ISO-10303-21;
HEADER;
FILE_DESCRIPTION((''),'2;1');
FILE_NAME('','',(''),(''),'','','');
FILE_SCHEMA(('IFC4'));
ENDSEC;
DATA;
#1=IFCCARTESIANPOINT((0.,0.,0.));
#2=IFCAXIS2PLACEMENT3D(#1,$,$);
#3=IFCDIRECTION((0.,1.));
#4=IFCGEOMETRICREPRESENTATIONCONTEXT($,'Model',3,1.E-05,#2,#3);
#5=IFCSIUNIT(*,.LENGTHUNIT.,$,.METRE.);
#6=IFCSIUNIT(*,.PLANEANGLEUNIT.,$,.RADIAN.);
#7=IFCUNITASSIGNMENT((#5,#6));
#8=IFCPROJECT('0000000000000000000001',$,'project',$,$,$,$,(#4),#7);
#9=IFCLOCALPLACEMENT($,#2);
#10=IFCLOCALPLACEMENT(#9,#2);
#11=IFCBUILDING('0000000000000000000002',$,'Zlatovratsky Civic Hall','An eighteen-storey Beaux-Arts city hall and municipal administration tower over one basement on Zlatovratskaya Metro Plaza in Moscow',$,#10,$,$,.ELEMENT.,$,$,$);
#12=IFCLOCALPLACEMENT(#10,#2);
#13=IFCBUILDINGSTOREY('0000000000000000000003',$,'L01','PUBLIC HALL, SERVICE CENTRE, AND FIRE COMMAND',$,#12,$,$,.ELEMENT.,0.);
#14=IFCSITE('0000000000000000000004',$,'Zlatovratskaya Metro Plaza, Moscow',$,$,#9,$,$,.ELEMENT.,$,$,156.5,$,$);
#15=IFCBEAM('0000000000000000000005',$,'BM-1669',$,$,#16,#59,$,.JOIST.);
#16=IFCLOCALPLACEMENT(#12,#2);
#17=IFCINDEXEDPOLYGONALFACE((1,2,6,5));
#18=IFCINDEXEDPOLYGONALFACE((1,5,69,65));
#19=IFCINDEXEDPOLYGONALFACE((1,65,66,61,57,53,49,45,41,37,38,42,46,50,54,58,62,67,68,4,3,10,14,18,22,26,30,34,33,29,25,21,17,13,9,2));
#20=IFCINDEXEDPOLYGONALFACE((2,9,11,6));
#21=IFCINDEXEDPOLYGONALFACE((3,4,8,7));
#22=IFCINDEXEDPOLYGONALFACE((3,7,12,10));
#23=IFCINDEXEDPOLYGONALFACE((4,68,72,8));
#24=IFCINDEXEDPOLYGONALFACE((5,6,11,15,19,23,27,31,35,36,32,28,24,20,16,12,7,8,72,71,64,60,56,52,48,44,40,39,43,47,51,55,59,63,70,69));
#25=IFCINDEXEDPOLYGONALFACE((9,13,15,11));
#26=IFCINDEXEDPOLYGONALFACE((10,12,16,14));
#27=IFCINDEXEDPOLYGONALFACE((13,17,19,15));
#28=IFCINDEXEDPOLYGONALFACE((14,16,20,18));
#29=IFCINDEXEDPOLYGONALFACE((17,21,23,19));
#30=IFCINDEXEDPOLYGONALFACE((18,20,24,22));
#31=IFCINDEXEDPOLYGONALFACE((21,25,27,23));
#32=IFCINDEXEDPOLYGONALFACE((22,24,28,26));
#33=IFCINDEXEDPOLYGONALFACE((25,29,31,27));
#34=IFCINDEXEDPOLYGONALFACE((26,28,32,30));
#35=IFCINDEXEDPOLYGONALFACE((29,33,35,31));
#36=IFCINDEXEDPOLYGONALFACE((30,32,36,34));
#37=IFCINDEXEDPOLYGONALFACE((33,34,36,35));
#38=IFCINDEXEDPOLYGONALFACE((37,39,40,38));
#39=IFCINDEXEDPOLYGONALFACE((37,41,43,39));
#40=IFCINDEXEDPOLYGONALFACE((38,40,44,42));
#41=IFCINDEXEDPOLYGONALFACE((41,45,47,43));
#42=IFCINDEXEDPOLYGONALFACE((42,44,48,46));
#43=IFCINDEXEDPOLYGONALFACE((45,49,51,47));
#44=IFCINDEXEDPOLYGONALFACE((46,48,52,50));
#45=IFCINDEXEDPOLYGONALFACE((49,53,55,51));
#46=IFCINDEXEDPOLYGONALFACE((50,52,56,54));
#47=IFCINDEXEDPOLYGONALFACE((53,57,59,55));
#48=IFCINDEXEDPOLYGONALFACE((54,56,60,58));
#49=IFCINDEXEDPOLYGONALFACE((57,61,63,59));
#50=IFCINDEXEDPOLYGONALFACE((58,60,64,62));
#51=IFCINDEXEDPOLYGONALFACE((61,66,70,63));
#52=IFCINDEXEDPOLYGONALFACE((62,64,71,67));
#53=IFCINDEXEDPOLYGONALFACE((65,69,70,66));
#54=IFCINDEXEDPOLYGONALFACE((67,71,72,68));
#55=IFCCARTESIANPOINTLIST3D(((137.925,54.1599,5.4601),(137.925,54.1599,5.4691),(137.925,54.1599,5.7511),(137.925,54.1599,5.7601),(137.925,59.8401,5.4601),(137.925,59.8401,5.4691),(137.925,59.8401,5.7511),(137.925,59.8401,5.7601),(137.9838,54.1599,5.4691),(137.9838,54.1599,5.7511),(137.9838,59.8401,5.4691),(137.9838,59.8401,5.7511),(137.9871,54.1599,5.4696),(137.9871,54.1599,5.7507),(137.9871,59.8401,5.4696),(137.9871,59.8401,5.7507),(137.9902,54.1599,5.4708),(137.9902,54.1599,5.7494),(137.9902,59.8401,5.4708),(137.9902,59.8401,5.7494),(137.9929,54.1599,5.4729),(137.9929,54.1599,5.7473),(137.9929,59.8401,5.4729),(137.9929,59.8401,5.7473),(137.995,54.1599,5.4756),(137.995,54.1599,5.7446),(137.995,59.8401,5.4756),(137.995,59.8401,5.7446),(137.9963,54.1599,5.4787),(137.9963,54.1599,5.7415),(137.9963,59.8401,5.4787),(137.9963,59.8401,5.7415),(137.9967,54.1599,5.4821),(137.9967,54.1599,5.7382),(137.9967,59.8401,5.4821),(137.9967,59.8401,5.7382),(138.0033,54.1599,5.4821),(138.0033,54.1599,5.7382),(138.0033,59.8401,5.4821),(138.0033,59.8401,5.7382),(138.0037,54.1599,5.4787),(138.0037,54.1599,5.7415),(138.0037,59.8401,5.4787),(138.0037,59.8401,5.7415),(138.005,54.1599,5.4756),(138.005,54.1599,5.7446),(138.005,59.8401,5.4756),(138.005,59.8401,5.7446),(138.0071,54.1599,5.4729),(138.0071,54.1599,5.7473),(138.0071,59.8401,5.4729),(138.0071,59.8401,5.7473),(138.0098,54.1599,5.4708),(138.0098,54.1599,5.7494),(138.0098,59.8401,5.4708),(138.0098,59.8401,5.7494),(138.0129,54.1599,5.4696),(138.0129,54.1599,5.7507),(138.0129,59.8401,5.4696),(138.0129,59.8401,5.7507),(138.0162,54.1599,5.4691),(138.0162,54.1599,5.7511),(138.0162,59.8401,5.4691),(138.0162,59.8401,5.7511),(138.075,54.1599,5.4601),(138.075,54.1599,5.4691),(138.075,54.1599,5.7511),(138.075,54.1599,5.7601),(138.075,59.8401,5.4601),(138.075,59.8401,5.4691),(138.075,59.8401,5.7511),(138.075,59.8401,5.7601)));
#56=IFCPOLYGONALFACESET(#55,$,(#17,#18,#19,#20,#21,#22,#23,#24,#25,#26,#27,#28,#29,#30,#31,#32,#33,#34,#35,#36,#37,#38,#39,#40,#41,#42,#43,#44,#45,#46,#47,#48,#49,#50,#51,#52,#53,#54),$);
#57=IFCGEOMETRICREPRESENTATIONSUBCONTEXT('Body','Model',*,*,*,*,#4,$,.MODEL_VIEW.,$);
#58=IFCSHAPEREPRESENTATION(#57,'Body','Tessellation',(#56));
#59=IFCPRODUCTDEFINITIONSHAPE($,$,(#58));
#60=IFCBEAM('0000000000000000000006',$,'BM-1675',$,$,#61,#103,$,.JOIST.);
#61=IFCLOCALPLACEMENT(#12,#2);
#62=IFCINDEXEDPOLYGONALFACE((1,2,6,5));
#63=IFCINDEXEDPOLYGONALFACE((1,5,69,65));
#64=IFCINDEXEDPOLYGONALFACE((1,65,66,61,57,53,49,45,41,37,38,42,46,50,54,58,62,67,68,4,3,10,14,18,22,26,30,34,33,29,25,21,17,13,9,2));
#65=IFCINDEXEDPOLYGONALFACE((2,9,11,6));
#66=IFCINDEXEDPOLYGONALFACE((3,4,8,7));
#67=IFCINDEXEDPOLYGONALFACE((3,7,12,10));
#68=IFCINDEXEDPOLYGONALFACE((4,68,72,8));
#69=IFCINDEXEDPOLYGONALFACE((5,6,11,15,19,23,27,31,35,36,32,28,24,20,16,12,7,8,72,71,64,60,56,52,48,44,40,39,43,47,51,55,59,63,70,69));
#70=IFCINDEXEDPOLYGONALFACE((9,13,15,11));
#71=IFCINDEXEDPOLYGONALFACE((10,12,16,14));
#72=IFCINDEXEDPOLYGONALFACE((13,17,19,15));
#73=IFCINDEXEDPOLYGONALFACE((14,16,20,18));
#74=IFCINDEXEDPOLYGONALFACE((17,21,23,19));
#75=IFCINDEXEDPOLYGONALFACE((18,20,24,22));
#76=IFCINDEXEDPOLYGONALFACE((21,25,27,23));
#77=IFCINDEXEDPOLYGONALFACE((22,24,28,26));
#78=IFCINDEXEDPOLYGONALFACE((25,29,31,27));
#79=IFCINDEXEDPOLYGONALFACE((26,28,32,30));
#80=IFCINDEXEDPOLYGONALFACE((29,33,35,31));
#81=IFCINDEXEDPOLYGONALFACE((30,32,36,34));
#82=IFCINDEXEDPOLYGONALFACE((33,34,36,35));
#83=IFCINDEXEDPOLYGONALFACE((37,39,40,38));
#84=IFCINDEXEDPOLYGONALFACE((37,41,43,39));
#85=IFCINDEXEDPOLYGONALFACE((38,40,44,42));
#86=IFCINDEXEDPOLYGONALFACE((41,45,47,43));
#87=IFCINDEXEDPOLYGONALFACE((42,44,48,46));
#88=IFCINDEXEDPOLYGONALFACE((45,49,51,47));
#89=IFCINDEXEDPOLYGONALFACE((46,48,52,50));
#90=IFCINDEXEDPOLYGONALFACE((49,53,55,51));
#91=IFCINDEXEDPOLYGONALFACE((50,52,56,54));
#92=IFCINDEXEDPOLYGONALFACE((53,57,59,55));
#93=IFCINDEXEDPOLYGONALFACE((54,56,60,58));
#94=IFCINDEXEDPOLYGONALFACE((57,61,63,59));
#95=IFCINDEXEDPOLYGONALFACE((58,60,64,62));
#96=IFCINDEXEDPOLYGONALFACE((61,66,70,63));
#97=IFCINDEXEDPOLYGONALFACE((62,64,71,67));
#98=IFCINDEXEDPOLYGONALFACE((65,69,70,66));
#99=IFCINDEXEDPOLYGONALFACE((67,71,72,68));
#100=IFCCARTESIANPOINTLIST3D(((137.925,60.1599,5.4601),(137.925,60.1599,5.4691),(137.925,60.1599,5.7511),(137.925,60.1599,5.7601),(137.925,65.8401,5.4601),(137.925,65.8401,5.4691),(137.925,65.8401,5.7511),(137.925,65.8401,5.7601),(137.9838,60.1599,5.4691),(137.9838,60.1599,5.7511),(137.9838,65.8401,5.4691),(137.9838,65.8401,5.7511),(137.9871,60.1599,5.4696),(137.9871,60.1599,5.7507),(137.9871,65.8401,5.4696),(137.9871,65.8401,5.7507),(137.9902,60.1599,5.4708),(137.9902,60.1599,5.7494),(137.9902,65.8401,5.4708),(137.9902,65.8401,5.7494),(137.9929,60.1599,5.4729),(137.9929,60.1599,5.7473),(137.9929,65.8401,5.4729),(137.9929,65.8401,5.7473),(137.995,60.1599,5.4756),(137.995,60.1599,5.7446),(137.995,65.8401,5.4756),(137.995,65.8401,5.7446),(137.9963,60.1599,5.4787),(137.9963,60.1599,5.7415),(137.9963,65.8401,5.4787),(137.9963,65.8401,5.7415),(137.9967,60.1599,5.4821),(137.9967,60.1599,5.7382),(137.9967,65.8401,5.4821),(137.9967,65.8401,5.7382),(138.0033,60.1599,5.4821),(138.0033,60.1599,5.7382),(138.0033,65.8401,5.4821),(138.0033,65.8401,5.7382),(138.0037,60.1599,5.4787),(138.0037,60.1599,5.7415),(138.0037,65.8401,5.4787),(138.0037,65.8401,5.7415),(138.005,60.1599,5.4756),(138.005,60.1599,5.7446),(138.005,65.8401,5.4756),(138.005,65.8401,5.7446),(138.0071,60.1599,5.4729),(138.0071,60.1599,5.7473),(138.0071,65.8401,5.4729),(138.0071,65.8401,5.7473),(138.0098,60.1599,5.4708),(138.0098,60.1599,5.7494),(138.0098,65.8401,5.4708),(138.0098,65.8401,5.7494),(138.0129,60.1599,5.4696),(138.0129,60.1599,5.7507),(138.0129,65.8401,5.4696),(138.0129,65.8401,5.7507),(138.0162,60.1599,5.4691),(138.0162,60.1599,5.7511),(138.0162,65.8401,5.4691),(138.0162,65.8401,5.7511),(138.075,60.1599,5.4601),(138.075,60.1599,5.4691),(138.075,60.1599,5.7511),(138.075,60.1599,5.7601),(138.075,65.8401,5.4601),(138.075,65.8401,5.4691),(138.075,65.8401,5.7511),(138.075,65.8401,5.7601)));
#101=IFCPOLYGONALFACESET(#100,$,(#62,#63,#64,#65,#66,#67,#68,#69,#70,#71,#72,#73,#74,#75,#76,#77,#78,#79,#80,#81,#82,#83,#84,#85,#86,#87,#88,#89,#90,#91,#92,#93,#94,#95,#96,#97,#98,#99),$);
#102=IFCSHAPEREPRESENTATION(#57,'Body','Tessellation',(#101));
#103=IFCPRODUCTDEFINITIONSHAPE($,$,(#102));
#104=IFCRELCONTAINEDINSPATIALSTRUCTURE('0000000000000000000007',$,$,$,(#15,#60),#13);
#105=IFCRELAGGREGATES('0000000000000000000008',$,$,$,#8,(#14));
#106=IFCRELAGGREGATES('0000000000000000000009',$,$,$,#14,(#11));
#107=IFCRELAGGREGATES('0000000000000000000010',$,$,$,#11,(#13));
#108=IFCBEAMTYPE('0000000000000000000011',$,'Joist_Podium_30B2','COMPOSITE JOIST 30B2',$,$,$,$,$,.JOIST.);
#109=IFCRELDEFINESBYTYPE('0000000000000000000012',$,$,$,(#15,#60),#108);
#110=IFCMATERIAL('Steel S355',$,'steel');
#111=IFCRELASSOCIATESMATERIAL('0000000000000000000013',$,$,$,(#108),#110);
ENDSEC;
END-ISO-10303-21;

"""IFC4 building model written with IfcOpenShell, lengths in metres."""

from ifc_helpers import new_model, si_unit, direction, frame, origin, origin_2d, place, context, subcontext, project, spatial, i_section, extrude, material, material_profile, profile_set, type_object, element, save


model = new_model("IFC4")

# Units and contexts
model_context = context("Model", 3, precision=1e-05, world=origin(), true_north=direction((0.0, 1.0)))
body_context = subcontext(model_context, "Body", "Model", "MODEL_VIEW")
ifc_project = project(units=[si_unit("LENGTHUNIT", "METRE"), si_unit("PLANEANGLEUNIT", "RADIAN")], contexts=[model_context])

# Site, building, storey
site_placement = place(None, origin())
site = spatial("IfcSite", under=ifc_project, at=site_placement, Name="Zlatovratskaya Metro Plaza, Moscow", CompositionType="ELEMENT", RefElevation=156.5)
building_placement = place(site_placement, origin())
building = spatial("IfcBuilding", under=site, at=building_placement, Name="Zlatovratsky Civic Hall", Description="An eighteen-storey Beaux-Arts city hall and municipal administration tower over one basement on Zlatovratskaya Metro Plaza in Moscow", CompositionType="ELEMENT")
storey_placement = place(building_placement, origin())
storey = spatial("IfcBuildingStorey", under=building, at=storey_placement, Name="L01", Description="PUBLIC HALL, SERVICE CENTRE, AND FIRE COMMAND", CompositionType="ELEMENT", Elevation=0.0)

# Shared definitions
ifc_material = material(Name="Steel S355", Category="steel")

# Beams
ifc_material_profile_1 = material_profile(ifc_material, i_section(OverallWidth=0.1499, OverallDepth=0.3, WebThickness=0.0066, FlangeThickness=0.009, FilletRadius=0.0129, at=origin_2d()), Name="30B2")
ifc_profile_set_1 = profile_set([ifc_material_profile_1], Name="Steel S355")
beam_type_1 = type_object("IfcBeamType", Name="Joist_Podium_30B2", Description="COMPOSITE JOIST 30B2", PredefinedType="JOIST", material=ifc_profile_set_1)
for number, where, z_axis, x_axis, name in (
    (1, (138.0, 54.1599, 5.6101), (0.0, 1.0, 0.0), (-1.0, 0.0, 0.0), "BM-1669"),
    (2, (138.0, 60.1599, 5.6101), (0.0, 1.0, 0.0), (-1.0, 0.0, 0.0), "BM-1675"),
):
    element("IfcBeam", number, at=place(storey_placement, frame(where, z_axis=z_axis, x_axis=x_axis)), inside=storey, type_object=beam_type_1, Name=name, PredefinedType="JOIST", context=body_context, shape_type="SweptSolid", body=[
        extrude(i_section(OverallWidth=0.1499, OverallDepth=0.3, WebThickness=0.0066, FlangeThickness=0.009, FilletRadius=0.0129, at=origin_2d()), origin(), (0.0, 0.0, 1.0), 5.6802),
    ])

save(model, "model.ifc")
